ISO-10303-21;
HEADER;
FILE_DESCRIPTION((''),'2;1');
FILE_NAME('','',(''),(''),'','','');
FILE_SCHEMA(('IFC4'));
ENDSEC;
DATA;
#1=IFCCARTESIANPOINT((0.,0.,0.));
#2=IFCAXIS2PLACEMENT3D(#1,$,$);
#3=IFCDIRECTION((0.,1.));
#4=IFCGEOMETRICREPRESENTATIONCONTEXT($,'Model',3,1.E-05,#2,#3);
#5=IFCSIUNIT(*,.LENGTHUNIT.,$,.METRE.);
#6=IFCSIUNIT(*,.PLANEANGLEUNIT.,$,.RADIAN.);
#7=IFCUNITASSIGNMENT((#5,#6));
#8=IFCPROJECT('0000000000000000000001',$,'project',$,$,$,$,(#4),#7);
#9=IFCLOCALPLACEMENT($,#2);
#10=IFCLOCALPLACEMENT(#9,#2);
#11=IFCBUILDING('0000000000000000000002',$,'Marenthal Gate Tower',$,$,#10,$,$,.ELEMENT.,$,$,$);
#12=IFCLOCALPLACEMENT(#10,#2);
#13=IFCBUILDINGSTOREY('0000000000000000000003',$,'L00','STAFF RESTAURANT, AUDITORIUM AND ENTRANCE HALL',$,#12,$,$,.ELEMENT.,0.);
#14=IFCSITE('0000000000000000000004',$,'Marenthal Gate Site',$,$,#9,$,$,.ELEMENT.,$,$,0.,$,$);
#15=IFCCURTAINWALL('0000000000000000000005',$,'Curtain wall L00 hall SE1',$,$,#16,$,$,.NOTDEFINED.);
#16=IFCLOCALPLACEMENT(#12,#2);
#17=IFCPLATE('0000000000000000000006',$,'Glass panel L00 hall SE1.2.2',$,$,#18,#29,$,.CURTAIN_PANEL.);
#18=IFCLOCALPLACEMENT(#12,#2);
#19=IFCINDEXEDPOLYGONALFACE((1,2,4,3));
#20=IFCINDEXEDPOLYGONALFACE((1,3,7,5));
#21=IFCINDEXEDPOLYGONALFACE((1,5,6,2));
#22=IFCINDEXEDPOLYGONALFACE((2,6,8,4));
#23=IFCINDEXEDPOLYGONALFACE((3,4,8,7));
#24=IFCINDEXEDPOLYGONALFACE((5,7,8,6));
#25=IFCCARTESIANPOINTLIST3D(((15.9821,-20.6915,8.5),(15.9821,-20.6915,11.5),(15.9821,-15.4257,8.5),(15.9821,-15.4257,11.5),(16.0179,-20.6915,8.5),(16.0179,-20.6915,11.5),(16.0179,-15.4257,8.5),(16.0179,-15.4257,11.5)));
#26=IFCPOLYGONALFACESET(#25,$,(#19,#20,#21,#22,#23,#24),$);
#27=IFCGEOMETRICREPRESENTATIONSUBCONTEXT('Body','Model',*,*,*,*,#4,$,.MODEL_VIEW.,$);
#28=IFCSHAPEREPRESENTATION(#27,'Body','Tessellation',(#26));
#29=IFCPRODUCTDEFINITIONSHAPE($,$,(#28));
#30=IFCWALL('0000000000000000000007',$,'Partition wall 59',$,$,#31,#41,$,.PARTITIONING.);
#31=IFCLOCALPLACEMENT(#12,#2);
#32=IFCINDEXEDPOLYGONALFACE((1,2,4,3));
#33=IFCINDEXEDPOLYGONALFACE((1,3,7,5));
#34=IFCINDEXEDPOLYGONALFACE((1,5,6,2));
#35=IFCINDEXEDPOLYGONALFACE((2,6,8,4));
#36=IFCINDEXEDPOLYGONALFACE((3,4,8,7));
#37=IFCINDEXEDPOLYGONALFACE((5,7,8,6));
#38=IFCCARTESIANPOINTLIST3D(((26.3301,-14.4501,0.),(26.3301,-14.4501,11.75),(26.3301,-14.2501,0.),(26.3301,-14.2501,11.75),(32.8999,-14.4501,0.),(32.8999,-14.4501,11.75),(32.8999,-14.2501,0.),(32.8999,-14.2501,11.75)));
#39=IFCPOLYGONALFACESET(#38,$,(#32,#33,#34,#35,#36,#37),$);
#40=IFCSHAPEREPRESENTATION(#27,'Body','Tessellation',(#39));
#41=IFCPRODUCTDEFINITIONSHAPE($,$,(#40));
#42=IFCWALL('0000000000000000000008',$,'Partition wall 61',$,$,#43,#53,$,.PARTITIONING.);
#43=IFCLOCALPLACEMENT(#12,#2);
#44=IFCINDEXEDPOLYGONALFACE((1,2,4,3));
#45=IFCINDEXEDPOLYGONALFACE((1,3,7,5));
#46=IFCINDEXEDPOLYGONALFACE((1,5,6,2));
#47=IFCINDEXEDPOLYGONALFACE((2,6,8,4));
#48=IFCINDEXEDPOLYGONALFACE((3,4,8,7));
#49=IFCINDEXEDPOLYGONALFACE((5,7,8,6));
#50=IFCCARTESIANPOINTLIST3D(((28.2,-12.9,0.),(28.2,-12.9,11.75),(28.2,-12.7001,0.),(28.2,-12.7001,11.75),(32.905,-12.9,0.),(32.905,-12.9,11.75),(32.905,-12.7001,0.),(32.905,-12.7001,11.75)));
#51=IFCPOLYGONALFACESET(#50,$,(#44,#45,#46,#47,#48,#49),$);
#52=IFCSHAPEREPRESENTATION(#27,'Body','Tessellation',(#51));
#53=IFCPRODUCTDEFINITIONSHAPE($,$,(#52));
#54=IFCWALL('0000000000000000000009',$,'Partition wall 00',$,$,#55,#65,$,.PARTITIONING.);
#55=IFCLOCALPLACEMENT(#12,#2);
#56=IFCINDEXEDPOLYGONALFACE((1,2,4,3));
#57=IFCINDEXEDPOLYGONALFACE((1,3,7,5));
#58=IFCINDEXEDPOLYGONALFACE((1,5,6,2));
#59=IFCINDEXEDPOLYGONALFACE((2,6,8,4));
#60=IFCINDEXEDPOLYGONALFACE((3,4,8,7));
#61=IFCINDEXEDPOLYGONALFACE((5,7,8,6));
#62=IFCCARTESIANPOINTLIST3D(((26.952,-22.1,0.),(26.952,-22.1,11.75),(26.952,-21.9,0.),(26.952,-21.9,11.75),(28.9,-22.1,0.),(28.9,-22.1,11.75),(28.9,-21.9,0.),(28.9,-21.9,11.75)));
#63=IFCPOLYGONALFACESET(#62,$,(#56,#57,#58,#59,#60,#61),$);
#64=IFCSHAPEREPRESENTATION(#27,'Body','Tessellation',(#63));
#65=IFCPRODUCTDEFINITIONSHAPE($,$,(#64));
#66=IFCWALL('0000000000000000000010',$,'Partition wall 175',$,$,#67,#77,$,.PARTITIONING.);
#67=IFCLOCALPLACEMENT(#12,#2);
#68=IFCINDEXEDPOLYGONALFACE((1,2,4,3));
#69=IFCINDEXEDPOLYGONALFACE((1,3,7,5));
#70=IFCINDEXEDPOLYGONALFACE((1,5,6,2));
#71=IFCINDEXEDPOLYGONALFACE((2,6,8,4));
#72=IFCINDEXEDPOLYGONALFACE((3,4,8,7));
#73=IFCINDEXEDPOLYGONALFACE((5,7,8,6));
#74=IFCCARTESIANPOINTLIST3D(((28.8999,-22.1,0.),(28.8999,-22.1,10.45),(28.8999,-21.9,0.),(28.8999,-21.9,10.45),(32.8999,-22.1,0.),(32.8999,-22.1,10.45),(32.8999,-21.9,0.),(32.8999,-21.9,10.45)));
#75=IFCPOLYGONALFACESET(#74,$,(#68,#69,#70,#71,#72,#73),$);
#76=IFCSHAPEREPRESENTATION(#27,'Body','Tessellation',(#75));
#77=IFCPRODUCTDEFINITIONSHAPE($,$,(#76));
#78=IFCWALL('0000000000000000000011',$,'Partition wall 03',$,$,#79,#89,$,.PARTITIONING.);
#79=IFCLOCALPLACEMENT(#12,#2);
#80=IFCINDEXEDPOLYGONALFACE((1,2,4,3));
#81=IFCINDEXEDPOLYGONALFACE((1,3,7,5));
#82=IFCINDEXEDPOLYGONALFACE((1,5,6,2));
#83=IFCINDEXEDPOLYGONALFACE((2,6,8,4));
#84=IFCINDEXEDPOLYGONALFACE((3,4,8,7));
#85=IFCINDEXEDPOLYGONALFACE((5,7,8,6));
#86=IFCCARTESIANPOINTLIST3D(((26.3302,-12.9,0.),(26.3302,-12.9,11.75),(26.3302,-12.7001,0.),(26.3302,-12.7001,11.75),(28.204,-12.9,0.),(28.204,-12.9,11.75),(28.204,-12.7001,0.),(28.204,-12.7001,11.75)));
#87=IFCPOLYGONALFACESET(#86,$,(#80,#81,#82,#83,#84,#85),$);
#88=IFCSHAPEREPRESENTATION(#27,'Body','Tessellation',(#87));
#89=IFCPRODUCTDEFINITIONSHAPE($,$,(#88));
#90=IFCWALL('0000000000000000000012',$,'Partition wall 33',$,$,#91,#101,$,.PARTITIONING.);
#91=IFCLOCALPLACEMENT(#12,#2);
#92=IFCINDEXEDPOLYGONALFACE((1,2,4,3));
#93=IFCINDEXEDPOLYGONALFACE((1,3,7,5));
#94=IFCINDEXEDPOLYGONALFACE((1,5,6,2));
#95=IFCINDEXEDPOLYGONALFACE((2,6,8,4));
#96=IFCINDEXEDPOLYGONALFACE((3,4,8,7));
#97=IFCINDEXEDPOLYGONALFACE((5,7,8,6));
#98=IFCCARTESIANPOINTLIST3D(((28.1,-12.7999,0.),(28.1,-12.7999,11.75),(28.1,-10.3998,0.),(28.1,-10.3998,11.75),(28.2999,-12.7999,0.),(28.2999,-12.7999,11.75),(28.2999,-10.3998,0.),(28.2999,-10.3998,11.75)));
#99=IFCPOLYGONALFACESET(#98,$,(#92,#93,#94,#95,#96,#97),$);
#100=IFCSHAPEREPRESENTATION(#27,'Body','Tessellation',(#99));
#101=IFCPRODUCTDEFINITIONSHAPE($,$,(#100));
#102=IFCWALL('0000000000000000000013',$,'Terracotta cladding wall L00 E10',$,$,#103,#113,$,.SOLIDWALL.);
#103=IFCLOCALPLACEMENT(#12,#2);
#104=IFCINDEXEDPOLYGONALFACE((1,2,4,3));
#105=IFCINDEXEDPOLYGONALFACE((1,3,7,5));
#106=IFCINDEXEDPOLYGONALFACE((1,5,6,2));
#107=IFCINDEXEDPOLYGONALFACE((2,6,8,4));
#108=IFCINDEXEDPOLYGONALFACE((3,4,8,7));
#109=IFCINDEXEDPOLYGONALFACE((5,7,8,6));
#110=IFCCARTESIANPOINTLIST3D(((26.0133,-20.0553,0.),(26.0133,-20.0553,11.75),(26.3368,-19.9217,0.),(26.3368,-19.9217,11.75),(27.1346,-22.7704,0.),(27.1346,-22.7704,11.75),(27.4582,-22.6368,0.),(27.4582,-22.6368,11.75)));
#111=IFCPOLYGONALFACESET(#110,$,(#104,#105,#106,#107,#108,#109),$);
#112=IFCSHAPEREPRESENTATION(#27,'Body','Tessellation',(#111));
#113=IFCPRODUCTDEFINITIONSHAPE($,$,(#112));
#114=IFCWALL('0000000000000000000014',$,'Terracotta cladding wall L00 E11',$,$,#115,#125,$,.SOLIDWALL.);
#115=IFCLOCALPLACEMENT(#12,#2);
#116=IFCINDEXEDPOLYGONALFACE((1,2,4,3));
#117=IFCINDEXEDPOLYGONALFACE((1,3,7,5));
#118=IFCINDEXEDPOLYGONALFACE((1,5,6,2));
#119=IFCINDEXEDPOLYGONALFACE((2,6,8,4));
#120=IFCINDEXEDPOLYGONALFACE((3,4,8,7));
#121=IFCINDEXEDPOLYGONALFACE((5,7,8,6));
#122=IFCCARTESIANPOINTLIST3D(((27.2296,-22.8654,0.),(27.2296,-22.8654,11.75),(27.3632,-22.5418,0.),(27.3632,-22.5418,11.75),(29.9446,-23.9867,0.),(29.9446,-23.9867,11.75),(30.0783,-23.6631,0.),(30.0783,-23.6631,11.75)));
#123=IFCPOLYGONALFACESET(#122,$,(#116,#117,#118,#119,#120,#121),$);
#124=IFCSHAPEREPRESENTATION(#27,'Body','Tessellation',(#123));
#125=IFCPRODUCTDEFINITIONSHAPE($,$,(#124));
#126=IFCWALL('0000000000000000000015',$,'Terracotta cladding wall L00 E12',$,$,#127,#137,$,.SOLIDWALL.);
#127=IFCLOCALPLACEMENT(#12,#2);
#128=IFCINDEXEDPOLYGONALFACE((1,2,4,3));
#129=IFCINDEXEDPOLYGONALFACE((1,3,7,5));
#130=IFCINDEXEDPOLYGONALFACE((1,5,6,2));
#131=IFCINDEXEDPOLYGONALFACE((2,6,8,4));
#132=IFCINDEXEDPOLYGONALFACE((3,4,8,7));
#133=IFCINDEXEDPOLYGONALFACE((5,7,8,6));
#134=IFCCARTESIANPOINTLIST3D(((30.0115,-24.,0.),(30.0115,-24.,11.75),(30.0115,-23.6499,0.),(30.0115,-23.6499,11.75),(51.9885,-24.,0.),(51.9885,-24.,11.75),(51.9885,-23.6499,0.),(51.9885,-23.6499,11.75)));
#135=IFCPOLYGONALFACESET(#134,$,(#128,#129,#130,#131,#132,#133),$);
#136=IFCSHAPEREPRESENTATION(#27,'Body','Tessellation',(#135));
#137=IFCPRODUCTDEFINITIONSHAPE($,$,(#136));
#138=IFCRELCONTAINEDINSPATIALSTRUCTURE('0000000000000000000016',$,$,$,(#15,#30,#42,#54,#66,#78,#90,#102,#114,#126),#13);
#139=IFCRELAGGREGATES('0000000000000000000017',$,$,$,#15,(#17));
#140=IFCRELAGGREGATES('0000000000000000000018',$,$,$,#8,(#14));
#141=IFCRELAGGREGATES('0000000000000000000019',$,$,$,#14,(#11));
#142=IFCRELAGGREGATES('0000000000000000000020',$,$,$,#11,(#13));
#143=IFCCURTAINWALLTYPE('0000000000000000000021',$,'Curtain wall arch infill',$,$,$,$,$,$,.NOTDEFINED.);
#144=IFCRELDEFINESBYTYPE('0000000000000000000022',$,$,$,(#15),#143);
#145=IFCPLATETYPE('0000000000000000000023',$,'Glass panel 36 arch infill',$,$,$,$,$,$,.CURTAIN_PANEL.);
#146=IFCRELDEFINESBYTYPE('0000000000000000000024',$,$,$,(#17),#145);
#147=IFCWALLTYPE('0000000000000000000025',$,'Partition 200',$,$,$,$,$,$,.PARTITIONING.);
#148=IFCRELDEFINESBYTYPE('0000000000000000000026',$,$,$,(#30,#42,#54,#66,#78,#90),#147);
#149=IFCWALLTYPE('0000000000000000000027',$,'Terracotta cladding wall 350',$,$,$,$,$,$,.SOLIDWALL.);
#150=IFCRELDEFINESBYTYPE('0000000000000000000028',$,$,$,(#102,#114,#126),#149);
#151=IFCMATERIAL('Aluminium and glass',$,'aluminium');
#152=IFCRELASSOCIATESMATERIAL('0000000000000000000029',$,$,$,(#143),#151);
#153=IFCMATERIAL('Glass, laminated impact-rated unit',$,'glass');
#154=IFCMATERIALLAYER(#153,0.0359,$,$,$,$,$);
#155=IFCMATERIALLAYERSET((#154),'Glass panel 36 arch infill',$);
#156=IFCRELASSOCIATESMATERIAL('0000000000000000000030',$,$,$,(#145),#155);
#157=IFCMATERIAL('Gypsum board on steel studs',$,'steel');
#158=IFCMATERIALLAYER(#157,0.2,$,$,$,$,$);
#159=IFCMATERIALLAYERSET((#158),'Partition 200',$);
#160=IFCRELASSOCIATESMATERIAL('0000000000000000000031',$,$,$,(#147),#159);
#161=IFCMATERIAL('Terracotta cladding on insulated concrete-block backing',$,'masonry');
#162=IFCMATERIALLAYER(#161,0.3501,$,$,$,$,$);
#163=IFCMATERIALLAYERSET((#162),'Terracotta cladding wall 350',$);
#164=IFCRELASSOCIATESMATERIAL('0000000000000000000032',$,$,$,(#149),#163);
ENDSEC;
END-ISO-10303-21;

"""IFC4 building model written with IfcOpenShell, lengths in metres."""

from ifc_helpers import new_model, si_unit, direction, frame, frame_2d, origin, origin_2d, place, context, subcontext, project, spatial, rectangle, extrude, material, layer, layer_set, type_object, element, aggregate, save


model = new_model("IFC4")

# Units and contexts
model_context = context("Model", 3, precision=1e-05, world=origin(), true_north=direction((0.0, 1.0)))
body_context = subcontext(model_context, "Body", "Model", "MODEL_VIEW")
ifc_project = project(units=[si_unit("LENGTHUNIT", "METRE"), si_unit("PLANEANGLEUNIT", "RADIAN")], contexts=[model_context])

# Site, building, storey
site_placement = place(None, origin())
site = spatial("IfcSite", under=ifc_project, at=site_placement, Name="Marenthal Gate Site", CompositionType="ELEMENT", RefElevation=0.0)
building_placement = place(site_placement, origin())
building = spatial("IfcBuilding", under=site, at=building_placement, Name="Marenthal Gate Tower", CompositionType="ELEMENT")
storey_placement = place(building_placement, origin())
storey = spatial("IfcBuildingStorey", under=building, at=storey_placement, Name="L00", Description="STAFF RESTAURANT, AUDITORIUM AND ENTRANCE HALL", CompositionType="ELEMENT", Elevation=0.0)

# Curtain wall
ifc_material_1 = material(Name="Aluminium and glass", Category="aluminium")
curtain_wall_type = type_object("IfcCurtainWallType", Name="Curtain wall arch infill", PredefinedType="NOTDEFINED", material=ifc_material_1)
curtain_wall_placement = place(storey_placement, origin())
curtain_wall = element("IfcCurtainWall", 1, at=curtain_wall_placement, inside=storey, type_object=curtain_wall_type, Name="Curtain wall L00 hall SE1", PredefinedType="NOTDEFINED")

# Plate
ifc_material_2 = material(Name="Glass, laminated impact-rated unit", Category="glass")
ifc_layer_1 = layer(ifc_material_2, 0.0359)
ifc_layer_set_1 = layer_set([ifc_layer_1], Name="Glass panel 36 arch infill")
plate_type = type_object("IfcPlateType", Name="Glass panel 36 arch infill", PredefinedType="CURTAIN_PANEL", material=ifc_layer_set_1)
plate_1_placement = place(storey_placement, frame((16.0, -18.0586, 8.5), z_axis=(0.0, 0.0, 1.0), x_axis=(0.0, -1.0, 0.0)))
plate_1 = element("IfcPlate", 2, at=plate_1_placement, type_object=plate_type, Name="Glass panel L00 hall SE1.2.2", PredefinedType="CURTAIN_PANEL", context=body_context, shape_type="SweptSolid", body=[
    extrude(rectangle(XDim=5.2659, YDim=0.0359, at=origin_2d()), origin(), (0.0, 0.0, 1.0), 3.0),
])
aggregate(curtain_wall, [plate_1])

# Walls
ifc_material_3 = material(Name="Gypsum board on steel studs", Category="steel")
ifc_layer_2 = layer(ifc_material_3, 0.2)
ifc_layer_set_2 = layer_set([ifc_layer_2], Name="Partition 200")
wall_type_1 = type_object("IfcWallType", Name="Partition 200", PredefinedType="PARTITIONING", material=ifc_layer_set_2)
wall_1_placement = place(storey_placement, frame((26.3301, -14.3501, 0.0), z_axis=(0.0, 0.0, 1.0), x_axis=(1.0, 0.0, 0.0)))
element("IfcWall", 3, at=wall_1_placement, inside=storey, type_object=wall_type_1, Name="Partition wall 59", PredefinedType="PARTITIONING", context=body_context, shape_type="SweptSolid", body=[
    extrude(rectangle(XDim=6.5698, YDim=0.2, at=frame_2d((3.2849, 0.0))), origin(), (0.0, 0.0, 1.0), 11.75),
])
wall_2_placement = place(storey_placement, frame((28.2, -12.8, 0.0), z_axis=(0.0, 0.0, 1.0), x_axis=(1.0, 0.0, 0.0)))
element("IfcWall", 4, at=wall_2_placement, inside=storey, type_object=wall_type_1, Name="Partition wall 61", PredefinedType="PARTITIONING", context=body_context, shape_type="SweptSolid", body=[
    extrude(rectangle(XDim=4.7051, YDim=0.2, at=frame_2d((2.3525, 0.0))), origin(), (0.0, 0.0, 1.0), 11.75),
])
wall_3_placement = place(storey_placement, frame((26.9519, -22.0, 0.0), z_axis=(0.0, 0.0, 1.0), x_axis=(1.0, 0.0, 0.0)))
element("IfcWall", 5, at=wall_3_placement, inside=storey, type_object=wall_type_1, Name="Partition wall 00", PredefinedType="PARTITIONING", context=body_context, shape_type="SweptSolid", body=[
    extrude(rectangle(XDim=1.948, YDim=0.2, at=frame_2d((0.9741, 0.0))), origin(), (0.0, 0.0, 1.0), 11.75),
])
wall_4_placement = place(storey_placement, frame((28.8999, -22.0, 0.0), z_axis=(0.0, 0.0, 1.0), x_axis=(1.0, 0.0, 0.0)))
element("IfcWall", 6, at=wall_4_placement, inside=storey, type_object=wall_type_1, Name="Partition wall 175", PredefinedType="PARTITIONING", context=body_context, shape_type="SweptSolid", body=[
    extrude(rectangle(XDim=4.0, YDim=0.2, at=frame_2d((2.0, 0.0))), origin(), (0.0, 0.0, 1.0), 10.45),
])
wall_5_placement = place(storey_placement, frame((26.3301, -12.8, 0.0), z_axis=(0.0, 0.0, 1.0), x_axis=(1.0, 0.0, 0.0)))
element("IfcWall", 7, at=wall_5_placement, inside=storey, type_object=wall_type_1, Name="Partition wall 03", PredefinedType="PARTITIONING", context=body_context, shape_type="SweptSolid", body=[
    extrude(rectangle(XDim=1.8738, YDim=0.2, at=frame_2d((0.937, 0.0))), origin(), (0.0, 0.0, 1.0), 11.75),
])
wall_6_placement = place(storey_placement, frame((28.2, -12.8, 0.0), z_axis=(0.0, 0.0, 1.0), x_axis=(0.0, 1.0, 0.0)))
element("IfcWall", 8, at=wall_6_placement, inside=storey, type_object=wall_type_1, Name="Partition wall 33", PredefinedType="PARTITIONING", context=body_context, shape_type="SweptSolid", body=[
    extrude(rectangle(XDim=2.4001, YDim=0.2, at=frame_2d((1.2002, 0.0))), origin(), (0.0, 0.0, 1.0), 11.75),
])
ifc_material_4 = material(Name="Terracotta cladding on insulated concrete-block backing", Category="masonry")
ifc_layer_3 = layer(ifc_material_4, 0.3501)
ifc_layer_set_3 = layer_set([ifc_layer_3], Name="Terracotta cladding wall 350")
wall_type_2 = type_object("IfcWallType", Name="Terracotta cladding wall 350", PredefinedType="SOLIDWALL", material=ifc_layer_set_3)
for number, where, z_axis, x_axis, name in (
    (9, (26.175, -19.9885, 0.0), (0.0, 0.0, 1.0), (0.381728, -0.924275, 0.0), "Terracotta cladding wall L00 E10"),
    (10, (27.2964, -22.7036, 0.0), (0.0, 0.0, 1.0), (0.924275, -0.381728, 0.0), "Terracotta cladding wall L00 E11"),
):
    element("IfcWall", number, at=place(storey_placement, frame(where, z_axis=z_axis, x_axis=x_axis)), inside=storey, type_object=wall_type_2, Name=name, PredefinedType="SOLIDWALL", context=body_context, shape_type="SweptSolid", body=[
        extrude(rectangle(XDim=2.9375, YDim=0.3501, at=frame_2d((1.4688, 0.0))), origin(), (0.0, 0.0, 1.0), 11.75),
    ])
wall_7_placement = place(storey_placement, frame((30.0115, -23.825, 0.0), z_axis=(0.0, 0.0, 1.0), x_axis=(1.0, 0.0, 0.0)))
element("IfcWall", 11, at=wall_7_placement, inside=storey, type_object=wall_type_2, Name="Terracotta cladding wall L00 E12", PredefinedType="SOLIDWALL", context=body_context, shape_type="SweptSolid", body=[
    extrude(rectangle(XDim=21.9771, YDim=0.3501, at=frame_2d((10.9885, 0.0))), origin(), (0.0, 0.0, 1.0), 11.75),
])

save(model, "model.ifc")
